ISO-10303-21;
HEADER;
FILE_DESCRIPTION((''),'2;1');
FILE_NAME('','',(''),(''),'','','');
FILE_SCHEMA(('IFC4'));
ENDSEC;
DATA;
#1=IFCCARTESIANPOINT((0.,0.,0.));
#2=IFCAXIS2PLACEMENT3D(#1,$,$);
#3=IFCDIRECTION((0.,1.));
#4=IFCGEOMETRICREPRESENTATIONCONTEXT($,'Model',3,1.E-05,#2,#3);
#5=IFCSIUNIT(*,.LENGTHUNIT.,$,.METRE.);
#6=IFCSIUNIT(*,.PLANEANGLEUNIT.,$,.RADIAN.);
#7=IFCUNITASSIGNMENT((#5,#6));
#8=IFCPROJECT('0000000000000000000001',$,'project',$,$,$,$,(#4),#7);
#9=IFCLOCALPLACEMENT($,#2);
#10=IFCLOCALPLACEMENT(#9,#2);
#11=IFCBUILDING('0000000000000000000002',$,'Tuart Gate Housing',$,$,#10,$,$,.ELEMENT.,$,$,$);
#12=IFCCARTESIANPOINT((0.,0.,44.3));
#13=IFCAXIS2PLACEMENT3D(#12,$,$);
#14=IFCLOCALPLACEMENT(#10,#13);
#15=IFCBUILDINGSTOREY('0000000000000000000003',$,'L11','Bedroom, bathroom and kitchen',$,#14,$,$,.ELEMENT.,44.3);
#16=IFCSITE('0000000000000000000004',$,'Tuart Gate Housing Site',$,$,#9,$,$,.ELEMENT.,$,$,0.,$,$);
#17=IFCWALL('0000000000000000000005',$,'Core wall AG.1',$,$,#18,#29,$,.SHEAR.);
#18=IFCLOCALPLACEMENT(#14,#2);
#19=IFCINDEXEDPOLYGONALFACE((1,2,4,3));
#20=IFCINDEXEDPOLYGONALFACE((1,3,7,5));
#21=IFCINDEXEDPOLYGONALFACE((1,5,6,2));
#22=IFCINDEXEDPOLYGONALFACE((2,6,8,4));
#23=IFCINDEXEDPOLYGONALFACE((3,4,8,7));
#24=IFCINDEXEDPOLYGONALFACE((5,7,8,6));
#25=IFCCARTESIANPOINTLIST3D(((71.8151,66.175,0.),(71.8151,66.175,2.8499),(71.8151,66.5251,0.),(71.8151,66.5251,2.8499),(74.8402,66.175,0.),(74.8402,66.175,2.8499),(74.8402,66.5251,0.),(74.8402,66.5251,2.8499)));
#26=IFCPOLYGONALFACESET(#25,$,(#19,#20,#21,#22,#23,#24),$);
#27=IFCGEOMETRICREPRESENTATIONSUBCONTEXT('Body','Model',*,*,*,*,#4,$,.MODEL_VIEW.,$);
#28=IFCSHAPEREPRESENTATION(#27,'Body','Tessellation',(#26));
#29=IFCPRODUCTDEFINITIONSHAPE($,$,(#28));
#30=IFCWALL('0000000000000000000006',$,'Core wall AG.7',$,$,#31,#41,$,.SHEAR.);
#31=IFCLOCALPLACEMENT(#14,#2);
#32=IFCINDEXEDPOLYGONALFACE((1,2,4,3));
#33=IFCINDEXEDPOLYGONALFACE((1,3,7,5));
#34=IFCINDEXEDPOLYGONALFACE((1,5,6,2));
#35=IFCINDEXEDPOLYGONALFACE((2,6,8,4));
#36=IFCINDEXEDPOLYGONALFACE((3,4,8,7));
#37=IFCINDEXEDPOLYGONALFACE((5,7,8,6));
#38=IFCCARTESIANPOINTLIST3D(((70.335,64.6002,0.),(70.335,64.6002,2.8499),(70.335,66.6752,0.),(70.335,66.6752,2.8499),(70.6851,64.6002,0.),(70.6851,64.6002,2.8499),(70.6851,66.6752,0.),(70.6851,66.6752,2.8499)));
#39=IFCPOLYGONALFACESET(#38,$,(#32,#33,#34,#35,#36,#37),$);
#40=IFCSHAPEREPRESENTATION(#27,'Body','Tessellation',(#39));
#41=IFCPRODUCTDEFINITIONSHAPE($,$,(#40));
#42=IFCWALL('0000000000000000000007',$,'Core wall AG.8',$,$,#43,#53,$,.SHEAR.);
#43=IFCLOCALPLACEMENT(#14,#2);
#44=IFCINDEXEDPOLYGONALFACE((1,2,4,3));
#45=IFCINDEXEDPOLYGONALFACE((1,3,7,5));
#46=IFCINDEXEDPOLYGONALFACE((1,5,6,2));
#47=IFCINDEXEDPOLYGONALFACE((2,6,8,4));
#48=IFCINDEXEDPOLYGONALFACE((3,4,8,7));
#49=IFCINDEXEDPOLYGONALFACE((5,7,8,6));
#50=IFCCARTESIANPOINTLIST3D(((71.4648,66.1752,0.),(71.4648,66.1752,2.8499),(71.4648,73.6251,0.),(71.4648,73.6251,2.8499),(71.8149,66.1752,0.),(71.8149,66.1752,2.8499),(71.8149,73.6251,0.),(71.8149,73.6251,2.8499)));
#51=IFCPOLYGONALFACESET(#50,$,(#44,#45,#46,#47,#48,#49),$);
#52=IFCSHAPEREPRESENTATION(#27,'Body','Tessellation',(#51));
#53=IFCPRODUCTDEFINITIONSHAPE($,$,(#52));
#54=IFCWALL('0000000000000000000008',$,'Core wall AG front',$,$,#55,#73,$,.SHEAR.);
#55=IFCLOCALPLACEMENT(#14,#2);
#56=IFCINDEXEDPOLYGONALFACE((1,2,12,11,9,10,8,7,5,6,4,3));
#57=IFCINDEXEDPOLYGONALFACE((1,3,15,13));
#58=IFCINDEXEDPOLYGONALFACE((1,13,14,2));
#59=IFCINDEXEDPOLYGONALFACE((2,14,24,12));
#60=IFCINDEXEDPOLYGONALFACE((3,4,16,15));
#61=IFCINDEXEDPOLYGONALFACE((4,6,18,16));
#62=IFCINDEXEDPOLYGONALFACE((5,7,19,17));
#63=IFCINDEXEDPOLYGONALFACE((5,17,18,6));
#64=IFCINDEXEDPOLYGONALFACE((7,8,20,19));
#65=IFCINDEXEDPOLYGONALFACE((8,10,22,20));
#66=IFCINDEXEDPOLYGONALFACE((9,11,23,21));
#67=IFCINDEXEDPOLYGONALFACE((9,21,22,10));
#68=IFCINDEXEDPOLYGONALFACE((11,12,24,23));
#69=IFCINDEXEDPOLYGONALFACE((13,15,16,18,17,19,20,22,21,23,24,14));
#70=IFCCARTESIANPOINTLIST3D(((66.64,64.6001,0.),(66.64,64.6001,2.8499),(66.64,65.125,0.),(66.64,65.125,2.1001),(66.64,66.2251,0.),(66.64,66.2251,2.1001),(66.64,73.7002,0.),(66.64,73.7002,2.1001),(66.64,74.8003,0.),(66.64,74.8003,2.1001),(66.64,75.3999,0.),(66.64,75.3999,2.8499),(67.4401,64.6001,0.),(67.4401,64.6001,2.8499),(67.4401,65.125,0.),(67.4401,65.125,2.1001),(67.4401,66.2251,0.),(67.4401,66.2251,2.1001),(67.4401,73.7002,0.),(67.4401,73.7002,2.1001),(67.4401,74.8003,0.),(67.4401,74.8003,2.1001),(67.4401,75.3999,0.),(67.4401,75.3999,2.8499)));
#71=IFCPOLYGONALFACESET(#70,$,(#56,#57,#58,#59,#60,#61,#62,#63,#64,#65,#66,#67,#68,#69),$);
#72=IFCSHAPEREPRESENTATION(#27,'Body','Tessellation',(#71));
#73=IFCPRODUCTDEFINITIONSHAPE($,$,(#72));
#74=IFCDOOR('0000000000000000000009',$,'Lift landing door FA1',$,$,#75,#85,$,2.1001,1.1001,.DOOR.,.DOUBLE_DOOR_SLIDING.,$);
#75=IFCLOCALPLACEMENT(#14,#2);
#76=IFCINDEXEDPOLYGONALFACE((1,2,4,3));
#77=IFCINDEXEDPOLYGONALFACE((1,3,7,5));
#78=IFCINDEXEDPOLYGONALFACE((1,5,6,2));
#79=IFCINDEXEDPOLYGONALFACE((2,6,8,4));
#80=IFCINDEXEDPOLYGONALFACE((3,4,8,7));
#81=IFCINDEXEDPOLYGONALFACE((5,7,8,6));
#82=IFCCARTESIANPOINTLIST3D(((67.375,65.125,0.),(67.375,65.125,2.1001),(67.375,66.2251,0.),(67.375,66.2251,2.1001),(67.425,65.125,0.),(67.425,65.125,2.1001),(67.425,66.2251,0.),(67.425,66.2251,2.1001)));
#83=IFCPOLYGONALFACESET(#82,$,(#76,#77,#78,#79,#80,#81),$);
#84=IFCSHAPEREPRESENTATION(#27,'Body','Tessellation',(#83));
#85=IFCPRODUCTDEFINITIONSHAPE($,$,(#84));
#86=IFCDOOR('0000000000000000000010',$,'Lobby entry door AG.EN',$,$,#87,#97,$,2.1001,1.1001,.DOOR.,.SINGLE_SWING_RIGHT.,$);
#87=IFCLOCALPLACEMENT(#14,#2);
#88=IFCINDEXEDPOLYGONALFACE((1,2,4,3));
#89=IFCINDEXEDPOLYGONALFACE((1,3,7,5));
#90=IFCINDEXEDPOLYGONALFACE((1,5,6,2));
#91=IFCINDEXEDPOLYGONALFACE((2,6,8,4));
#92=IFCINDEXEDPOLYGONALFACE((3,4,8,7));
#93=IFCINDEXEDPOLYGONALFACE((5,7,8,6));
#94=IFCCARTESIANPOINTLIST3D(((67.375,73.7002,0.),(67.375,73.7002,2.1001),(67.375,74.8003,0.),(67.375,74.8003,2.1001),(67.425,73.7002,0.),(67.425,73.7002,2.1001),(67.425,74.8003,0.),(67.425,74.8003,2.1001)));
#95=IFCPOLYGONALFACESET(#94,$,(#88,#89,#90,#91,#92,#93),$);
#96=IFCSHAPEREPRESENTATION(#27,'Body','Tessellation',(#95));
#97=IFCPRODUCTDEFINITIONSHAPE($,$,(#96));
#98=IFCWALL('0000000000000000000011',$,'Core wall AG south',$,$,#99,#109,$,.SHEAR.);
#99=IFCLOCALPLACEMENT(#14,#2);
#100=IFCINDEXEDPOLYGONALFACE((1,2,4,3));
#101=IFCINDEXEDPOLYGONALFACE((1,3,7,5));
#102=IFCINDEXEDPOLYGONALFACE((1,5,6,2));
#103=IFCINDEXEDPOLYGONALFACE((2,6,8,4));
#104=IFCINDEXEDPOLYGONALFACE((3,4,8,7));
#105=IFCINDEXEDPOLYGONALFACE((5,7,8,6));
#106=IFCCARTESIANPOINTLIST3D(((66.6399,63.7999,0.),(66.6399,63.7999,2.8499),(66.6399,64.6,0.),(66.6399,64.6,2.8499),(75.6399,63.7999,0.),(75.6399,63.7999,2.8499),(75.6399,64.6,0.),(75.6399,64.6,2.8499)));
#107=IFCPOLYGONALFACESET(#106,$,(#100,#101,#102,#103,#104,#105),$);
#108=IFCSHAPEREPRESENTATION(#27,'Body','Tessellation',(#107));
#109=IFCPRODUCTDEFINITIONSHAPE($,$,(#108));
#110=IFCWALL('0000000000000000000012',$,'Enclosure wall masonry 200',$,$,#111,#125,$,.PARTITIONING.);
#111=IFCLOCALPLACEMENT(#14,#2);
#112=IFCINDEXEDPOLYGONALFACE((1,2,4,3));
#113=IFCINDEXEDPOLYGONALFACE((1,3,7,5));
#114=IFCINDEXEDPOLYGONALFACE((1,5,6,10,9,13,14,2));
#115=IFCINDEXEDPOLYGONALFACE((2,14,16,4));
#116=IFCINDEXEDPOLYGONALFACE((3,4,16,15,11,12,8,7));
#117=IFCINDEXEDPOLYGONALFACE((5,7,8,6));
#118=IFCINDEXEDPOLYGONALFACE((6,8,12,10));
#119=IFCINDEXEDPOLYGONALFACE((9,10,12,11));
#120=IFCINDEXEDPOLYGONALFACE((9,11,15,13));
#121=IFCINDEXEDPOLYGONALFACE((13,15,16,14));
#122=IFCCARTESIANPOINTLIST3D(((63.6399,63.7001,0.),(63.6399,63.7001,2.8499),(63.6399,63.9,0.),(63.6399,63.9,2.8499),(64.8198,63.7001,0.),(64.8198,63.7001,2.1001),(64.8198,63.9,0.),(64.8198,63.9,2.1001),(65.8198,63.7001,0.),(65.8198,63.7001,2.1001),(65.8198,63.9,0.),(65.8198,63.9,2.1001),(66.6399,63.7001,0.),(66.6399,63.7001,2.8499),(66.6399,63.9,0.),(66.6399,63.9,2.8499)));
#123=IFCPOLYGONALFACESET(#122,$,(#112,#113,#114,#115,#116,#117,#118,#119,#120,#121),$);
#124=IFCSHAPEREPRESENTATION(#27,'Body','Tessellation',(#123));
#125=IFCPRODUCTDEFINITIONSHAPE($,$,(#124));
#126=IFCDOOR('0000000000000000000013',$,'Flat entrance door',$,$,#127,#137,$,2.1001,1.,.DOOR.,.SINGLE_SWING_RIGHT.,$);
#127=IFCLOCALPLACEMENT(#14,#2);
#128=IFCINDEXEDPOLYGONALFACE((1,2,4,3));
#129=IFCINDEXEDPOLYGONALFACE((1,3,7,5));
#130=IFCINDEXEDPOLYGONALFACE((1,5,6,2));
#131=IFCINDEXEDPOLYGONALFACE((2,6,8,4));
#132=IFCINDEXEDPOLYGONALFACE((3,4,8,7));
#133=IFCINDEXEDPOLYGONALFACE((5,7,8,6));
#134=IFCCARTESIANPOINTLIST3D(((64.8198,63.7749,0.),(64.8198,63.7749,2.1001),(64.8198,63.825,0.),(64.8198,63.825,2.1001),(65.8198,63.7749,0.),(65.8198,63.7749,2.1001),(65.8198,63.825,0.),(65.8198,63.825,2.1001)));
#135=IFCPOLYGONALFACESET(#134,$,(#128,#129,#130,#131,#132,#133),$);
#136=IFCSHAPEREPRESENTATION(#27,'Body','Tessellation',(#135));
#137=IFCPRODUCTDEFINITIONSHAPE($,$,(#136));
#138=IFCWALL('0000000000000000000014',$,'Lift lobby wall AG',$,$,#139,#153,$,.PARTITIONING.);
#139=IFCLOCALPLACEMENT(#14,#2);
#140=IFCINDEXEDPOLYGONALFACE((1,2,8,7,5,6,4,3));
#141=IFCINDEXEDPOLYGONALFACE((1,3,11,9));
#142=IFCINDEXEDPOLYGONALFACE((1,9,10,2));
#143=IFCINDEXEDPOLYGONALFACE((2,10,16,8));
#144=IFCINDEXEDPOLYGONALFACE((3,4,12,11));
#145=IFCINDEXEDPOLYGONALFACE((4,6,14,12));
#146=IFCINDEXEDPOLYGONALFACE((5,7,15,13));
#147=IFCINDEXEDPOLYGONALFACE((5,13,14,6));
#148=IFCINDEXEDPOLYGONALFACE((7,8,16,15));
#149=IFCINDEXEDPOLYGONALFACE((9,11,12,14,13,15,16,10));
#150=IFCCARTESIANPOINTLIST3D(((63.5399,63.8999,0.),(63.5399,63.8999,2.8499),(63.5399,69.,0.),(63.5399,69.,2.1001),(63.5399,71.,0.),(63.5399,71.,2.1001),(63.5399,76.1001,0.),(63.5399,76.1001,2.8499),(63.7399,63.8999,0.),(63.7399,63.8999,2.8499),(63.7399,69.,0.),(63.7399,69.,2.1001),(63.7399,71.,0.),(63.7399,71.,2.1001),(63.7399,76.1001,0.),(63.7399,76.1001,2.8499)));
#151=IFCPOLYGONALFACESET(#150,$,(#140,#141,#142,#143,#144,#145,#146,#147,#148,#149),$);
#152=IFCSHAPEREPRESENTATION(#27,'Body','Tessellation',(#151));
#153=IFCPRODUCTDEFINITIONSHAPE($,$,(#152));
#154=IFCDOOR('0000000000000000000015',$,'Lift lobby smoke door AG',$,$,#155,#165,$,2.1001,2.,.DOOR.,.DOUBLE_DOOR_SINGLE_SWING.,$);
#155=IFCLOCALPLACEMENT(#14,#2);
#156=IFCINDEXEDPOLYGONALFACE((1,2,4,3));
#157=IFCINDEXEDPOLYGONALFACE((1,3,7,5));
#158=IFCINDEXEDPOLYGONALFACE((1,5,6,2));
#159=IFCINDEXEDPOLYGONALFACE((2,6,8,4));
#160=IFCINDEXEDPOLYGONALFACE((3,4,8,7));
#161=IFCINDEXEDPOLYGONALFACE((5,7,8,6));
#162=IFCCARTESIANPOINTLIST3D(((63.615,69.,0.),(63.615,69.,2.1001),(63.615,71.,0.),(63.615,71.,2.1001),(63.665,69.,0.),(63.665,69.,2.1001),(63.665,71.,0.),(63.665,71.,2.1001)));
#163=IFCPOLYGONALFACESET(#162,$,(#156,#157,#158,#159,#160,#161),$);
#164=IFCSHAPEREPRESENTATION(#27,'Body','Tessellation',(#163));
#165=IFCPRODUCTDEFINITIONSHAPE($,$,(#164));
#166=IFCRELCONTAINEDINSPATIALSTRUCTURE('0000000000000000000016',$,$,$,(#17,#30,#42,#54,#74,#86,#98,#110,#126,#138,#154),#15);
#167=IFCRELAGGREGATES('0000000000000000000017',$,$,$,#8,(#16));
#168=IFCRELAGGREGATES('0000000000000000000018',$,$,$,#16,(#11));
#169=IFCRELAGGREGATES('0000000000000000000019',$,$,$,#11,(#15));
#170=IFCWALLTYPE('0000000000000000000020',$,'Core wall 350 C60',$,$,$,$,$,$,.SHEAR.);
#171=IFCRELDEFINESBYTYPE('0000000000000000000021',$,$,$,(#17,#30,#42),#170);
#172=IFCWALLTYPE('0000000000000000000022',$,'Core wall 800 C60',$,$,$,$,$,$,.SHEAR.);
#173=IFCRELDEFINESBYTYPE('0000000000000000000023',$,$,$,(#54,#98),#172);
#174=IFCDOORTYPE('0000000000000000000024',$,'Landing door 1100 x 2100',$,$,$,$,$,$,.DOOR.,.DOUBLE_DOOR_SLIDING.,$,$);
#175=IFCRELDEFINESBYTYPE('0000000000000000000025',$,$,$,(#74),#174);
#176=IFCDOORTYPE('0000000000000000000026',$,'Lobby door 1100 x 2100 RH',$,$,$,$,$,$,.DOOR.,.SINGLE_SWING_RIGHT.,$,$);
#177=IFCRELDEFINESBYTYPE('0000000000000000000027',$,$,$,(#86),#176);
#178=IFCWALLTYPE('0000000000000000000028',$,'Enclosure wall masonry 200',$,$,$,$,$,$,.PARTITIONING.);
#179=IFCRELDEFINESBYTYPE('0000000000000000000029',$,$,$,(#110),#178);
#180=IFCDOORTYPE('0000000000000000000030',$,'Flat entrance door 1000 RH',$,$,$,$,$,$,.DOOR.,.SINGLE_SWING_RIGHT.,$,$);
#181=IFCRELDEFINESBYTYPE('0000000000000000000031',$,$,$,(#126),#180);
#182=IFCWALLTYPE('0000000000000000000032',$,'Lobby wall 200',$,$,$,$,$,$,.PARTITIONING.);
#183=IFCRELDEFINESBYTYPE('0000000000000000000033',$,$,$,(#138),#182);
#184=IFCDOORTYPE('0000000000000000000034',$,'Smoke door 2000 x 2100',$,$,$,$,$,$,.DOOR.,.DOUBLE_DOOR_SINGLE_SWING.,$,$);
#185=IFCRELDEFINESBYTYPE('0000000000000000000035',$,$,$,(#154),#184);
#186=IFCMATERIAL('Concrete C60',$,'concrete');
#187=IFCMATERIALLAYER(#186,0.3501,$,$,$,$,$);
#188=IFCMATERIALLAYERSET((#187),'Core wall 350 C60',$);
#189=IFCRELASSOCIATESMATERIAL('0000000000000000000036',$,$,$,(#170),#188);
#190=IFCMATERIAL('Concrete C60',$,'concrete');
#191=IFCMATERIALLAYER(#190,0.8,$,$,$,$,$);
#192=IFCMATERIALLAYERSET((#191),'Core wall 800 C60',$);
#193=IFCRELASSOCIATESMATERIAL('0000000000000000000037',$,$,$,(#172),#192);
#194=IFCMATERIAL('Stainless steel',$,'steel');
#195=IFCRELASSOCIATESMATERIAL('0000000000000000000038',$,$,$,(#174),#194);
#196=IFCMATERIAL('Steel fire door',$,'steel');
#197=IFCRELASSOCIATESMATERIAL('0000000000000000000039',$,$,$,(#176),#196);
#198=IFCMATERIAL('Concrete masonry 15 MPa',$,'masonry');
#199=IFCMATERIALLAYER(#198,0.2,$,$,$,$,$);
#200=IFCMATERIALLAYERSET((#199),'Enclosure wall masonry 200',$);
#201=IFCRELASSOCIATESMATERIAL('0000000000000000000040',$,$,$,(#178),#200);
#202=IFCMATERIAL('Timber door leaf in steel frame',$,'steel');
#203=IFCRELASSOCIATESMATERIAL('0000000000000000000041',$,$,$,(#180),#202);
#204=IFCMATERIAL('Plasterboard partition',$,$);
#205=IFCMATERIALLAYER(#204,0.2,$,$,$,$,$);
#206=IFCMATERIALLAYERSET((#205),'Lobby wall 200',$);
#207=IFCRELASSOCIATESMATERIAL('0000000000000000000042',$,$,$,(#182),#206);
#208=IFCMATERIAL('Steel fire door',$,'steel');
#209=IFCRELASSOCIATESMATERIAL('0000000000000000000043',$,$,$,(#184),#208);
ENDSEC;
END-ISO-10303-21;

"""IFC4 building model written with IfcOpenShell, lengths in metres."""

from ifc_helpers import new_model, si_unit, direction, frame, frame_2d, origin, place, context, subcontext, project, spatial, rectangle, extrude, material, layer, layer_set, type_object, element, fill, save


model = new_model("IFC4")

# Units and contexts
model_context = context("Model", 3, precision=1e-05, world=origin(), true_north=direction((0.0, 1.0)))
body_context = subcontext(model_context, "Body", "Model", "MODEL_VIEW")
ifc_project = project(units=[si_unit("LENGTHUNIT", "METRE"), si_unit("PLANEANGLEUNIT", "RADIAN")], contexts=[model_context])

# Site, building, storey
site_placement = place(None, origin())
site = spatial("IfcSite", under=ifc_project, at=site_placement, Name="Tuart Gate Housing Site", CompositionType="ELEMENT", RefElevation=0.0)
building_placement = place(site_placement, origin())
building = spatial("IfcBuilding", under=site, at=building_placement, Name="Tuart Gate Housing", CompositionType="ELEMENT")
storey_placement = place(building_placement, frame((0.0, 0.0, 44.3)))
storey = spatial("IfcBuildingStorey", under=building, at=storey_placement, Name="L11", Description="Bedroom, bathroom and kitchen", CompositionType="ELEMENT", Elevation=44.3)

# Walls
ifc_material_1 = material(Name="Concrete C60", Category="concrete")
ifc_layer_1 = layer(ifc_material_1, 0.3501)
ifc_layer_set_1 = layer_set([ifc_layer_1], Name="Core wall 350 C60")
wall_type_1 = type_object("IfcWallType", Name="Core wall 350 C60", PredefinedType="SHEAR", material=ifc_layer_set_1)
wall_1_placement = place(storey_placement, frame((71.8149, 66.3501, 0.0), z_axis=(0.0, 0.0, 1.0), x_axis=(1.0, 0.0, 0.0)))
element("IfcWall", 1, at=wall_1_placement, inside=storey, type_object=wall_type_1, Name="Core wall AG.1", PredefinedType="SHEAR", context=body_context, shape_type="SweptSolid", body=[
    extrude(rectangle(XDim=3.0251, YDim=0.3501, at=frame_2d((1.5127, 0.0))), origin(), (0.0, 0.0, 1.0), 2.8499),
])
wall_2_placement = place(storey_placement, frame((70.51, 64.6001, 0.0), z_axis=(0.0, 0.0, 1.0), x_axis=(0.0, 1.0, 0.0)))
element("IfcWall", 2, at=wall_2_placement, inside=storey, type_object=wall_type_1, Name="Core wall AG.7", PredefinedType="SHEAR", context=body_context, shape_type="SweptSolid", body=[
    extrude(rectangle(XDim=2.075, YDim=0.3501, at=frame_2d((1.0376, 0.0))), origin(), (0.0, 0.0, 1.0), 2.8499),
])
wall_3_placement = place(storey_placement, frame((71.6399, 66.175, 0.0), z_axis=(0.0, 0.0, 1.0), x_axis=(0.0, 1.0, 0.0)))
element("IfcWall", 3, at=wall_3_placement, inside=storey, type_object=wall_type_1, Name="Core wall AG.8", PredefinedType="SHEAR", context=body_context, shape_type="SweptSolid", body=[
    extrude(rectangle(XDim=7.45, YDim=0.3501, at=frame_2d((3.7251, 0.0))), origin(), (0.0, 0.0, 1.0), 2.8499),
])

# Wall, openings, doors
ifc_material_2 = material(Name="Concrete C60", Category="concrete")
ifc_layer_2 = layer(ifc_material_2, 0.8)
ifc_layer_set_2 = layer_set([ifc_layer_2], Name="Core wall 800 C60")
wall_type_2 = type_object("IfcWallType", Name="Core wall 800 C60", PredefinedType="SHEAR", material=ifc_layer_set_2)
wall_4_placement = place(storey_placement, frame((67.04, 64.6001, 0.0), z_axis=(0.0, 0.0, 1.0), x_axis=(0.0, 1.0, 0.0)))
wall_4 = element("IfcWall", 4, at=wall_4_placement, inside=storey, type_object=wall_type_2, Name="Core wall AG front", PredefinedType="SHEAR", context=body_context, shape_type="SweptSolid", body=[
    extrude(rectangle(XDim=10.7998, YDim=0.8, at=frame_2d((5.3999, 0.0))), origin(), (0.0, 0.0, 1.0), 2.8499),
])
opening_1_placement = place(wall_4_placement, frame((0.5249, 0.0, 0.0)))
opening_1 = element("IfcOpeningElement", 5, at=opening_1_placement, cuts=wall_4, PredefinedType="OPENING", context=body_context, shape_type="SweptSolid", body=[
    extrude(rectangle(XDim=1.1001, YDim=2.1001, at=frame_2d((0.55, 1.05))), frame((0.0, 0.4099, 0.0), z_axis=(0.0, -1.0, 0.0), x_axis=(1.0, 0.0, 0.0)), (0.0, 0.0, 1.0), 0.8201),
])
opening_2_placement = place(wall_4_placement, frame((9.1001, 0.0, 0.0)))
opening_2 = element("IfcOpeningElement", 6, at=opening_2_placement, cuts=wall_4, PredefinedType="OPENING", context=body_context, shape_type="SweptSolid", body=[
    extrude(rectangle(XDim=1.1001, YDim=2.1001, at=frame_2d((0.55, 1.05))), frame((0.0, 0.4099, 0.0), z_axis=(0.0, -1.0, 0.0), x_axis=(1.0, 0.0, 0.0)), (0.0, 0.0, 1.0), 0.8201),
])
ifc_material_3 = material(Name="Stainless steel", Category="steel")
door_type_1 = type_object("IfcDoorType", Name="Landing door 1100 x 2100", OperationType="DOUBLE_DOOR_SLIDING", PredefinedType="DOOR", material=ifc_material_3)
door_1_placement = place(opening_1_placement, origin())
door_1 = element("IfcDoor", 7, at=door_1_placement, inside=storey, type_object=door_type_1, Name="Lift landing door FA1", OperationType="DOUBLE_DOOR_SLIDING", OverallHeight=2.1001, OverallWidth=1.1001, PredefinedType="DOOR", context=body_context, shape_type="SweptSolid", body=[
    extrude(rectangle(XDim=1.1001, YDim=2.1001, at=frame_2d((0.55, 1.05))), frame((0.0, -0.335, 0.0), z_axis=(0.0, -1.0, 0.0), x_axis=(1.0, 0.0, 0.0)), (0.0, 0.0, 1.0), 0.05),
])
fill(opening_1, door_1)
ifc_material_4 = material(Name="Steel fire door", Category="steel")
door_type_2 = type_object("IfcDoorType", Name="Lobby door 1100 x 2100 RH", OperationType="SINGLE_SWING_RIGHT", PredefinedType="DOOR", material=ifc_material_4)
door_2_placement = place(opening_2_placement, frame((1.1001, 0.0, 0.0), z_axis=(0.0, 0.0, 1.0), x_axis=(-1.0, 0.0, 0.0)))
door_2 = element("IfcDoor", 8, at=door_2_placement, inside=storey, type_object=door_type_2, Name="Lobby entry door AG.EN", OperationType="SINGLE_SWING_RIGHT", OverallHeight=2.1001, OverallWidth=1.1001, PredefinedType="DOOR", context=body_context, shape_type="SweptSolid", body=[
    extrude(rectangle(XDim=1.1001, YDim=2.1001, at=frame_2d((0.55, 1.05))), frame((0.0, 0.385, 0.0), z_axis=(0.0, -1.0, 0.0), x_axis=(1.0, 0.0, 0.0)), (0.0, 0.0, 1.0), 0.05),
])
fill(opening_2, door_2)

# Wall
wall_5_placement = place(storey_placement, frame((66.6399, 64.2, 0.0), z_axis=(0.0, 0.0, 1.0), x_axis=(1.0, 0.0, 0.0)))
element("IfcWall", 9, at=wall_5_placement, inside=storey, type_object=wall_type_2, Name="Core wall AG south", PredefinedType="SHEAR", context=body_context, shape_type="SweptSolid", body=[
    extrude(rectangle(XDim=9.0, YDim=0.8, at=frame_2d((4.5, 0.0))), origin(), (0.0, 0.0, 1.0), 2.8499),
])

# Walls, openings, doors
ifc_material_5 = material(Name="Concrete masonry 15 MPa", Category="masonry")
ifc_layer_3 = layer(ifc_material_5, 0.2)
ifc_layer_set_3 = layer_set([ifc_layer_3], Name="Enclosure wall masonry 200")
wall_type_3 = type_object("IfcWallType", Name="Enclosure wall masonry 200", PredefinedType="PARTITIONING", material=ifc_layer_set_3)
wall_6_placement = place(storey_placement, frame((63.6399, 63.8, 0.0), z_axis=(0.0, 0.0, 1.0), x_axis=(1.0, 0.0, 0.0)))
wall_6 = element("IfcWall", 10, at=wall_6_placement, inside=storey, type_object=wall_type_3, Name="Enclosure wall masonry 200", PredefinedType="PARTITIONING", context=body_context, shape_type="SweptSolid", body=[
    extrude(rectangle(XDim=3.0, YDim=0.2, at=frame_2d((1.5, 0.0))), origin(), (0.0, 0.0, 1.0), 2.8499),
])
opening_3_placement = place(wall_6_placement, frame((1.1799, 0.0, 0.0)))
opening_3 = element("IfcOpeningElement", 11, at=opening_3_placement, cuts=wall_6, PredefinedType="OPENING", context=body_context, shape_type="SweptSolid", body=[
    extrude(rectangle(XDim=1.0, YDim=2.1001, at=frame_2d((0.5, 1.05))), frame((0.0, 0.1099, 0.0), z_axis=(0.0, -1.0, 0.0), x_axis=(1.0, 0.0, 0.0)), (0.0, 0.0, 1.0), 0.22),
])
ifc_material_6 = material(Name="Timber door leaf in steel frame", Category="steel")
door_type_3 = type_object("IfcDoorType", Name="Flat entrance door 1000 RH", OperationType="SINGLE_SWING_RIGHT", PredefinedType="DOOR", material=ifc_material_6)
door_3_placement = place(opening_3_placement, frame((1.0, 0.0, 0.0), z_axis=(0.0, 0.0, 1.0), x_axis=(-1.0, 0.0, 0.0)))
door_3 = element("IfcDoor", 12, at=door_3_placement, inside=storey, type_object=door_type_3, Name="Flat entrance door", OperationType="SINGLE_SWING_RIGHT", OverallHeight=2.1001, OverallWidth=1.0, PredefinedType="DOOR", context=body_context, shape_type="SweptSolid", body=[
    extrude(rectangle(XDim=1.0, YDim=2.1001, at=frame_2d((0.5, 1.05))), frame((0.0, 0.0251, 0.0), z_axis=(0.0, -1.0, 0.0), x_axis=(1.0, 0.0, 0.0)), (0.0, 0.0, 1.0), 0.05),
])
fill(opening_3, door_3)
ifc_material_7 = material(Name="Plasterboard partition")
ifc_layer_4 = layer(ifc_material_7, 0.2)
ifc_layer_set_4 = layer_set([ifc_layer_4], Name="Lobby wall 200")
wall_type_4 = type_object("IfcWallType", Name="Lobby wall 200", PredefinedType="PARTITIONING", material=ifc_layer_set_4)
wall_7_placement = place(storey_placement, frame((63.6399, 63.8999, 0.0), z_axis=(0.0, 0.0, 1.0), x_axis=(0.0, 1.0, 0.0)))
wall_7 = element("IfcWall", 13, at=wall_7_placement, inside=storey, type_object=wall_type_4, Name="Lift lobby wall AG", PredefinedType="PARTITIONING", context=body_context, shape_type="SweptSolid", body=[
    extrude(rectangle(XDim=12.2002, YDim=0.2, at=frame_2d((6.1001, 0.0))), origin(), (0.0, 0.0, 1.0), 2.8499),
])
opening_4_placement = place(wall_7_placement, frame((5.1001, 0.0, 0.0)))
opening_4 = element("IfcOpeningElement", 14, at=opening_4_placement, cuts=wall_7, PredefinedType="OPENING", context=body_context, shape_type="SweptSolid", body=[
    extrude(rectangle(XDim=2.0, YDim=2.1001, at=frame_2d((1.0, 1.05))), frame((0.0, 0.1099, 0.0), z_axis=(0.0, -1.0, 0.0), x_axis=(1.0, 0.0, 0.0)), (0.0, 0.0, 1.0), 0.22),
])
ifc_material_8 = material(Name="Steel fire door", Category="steel")
door_type_4 = type_object("IfcDoorType", Name="Smoke door 2000 x 2100", OperationType="DOUBLE_DOOR_SINGLE_SWING", PredefinedType="DOOR", material=ifc_material_8)
door_4_placement = place(opening_4_placement, frame((2.0, 0.0, 0.0), z_axis=(0.0, 0.0, 1.0), x_axis=(-1.0, 0.0, 0.0)))
door_4 = element("IfcDoor", 15, at=door_4_placement, inside=storey, type_object=door_type_4, Name="Lift lobby smoke door AG", OperationType="DOUBLE_DOOR_SINGLE_SWING", OverallHeight=2.1001, OverallWidth=2.0, PredefinedType="DOOR", context=body_context, shape_type="SweptSolid", body=[
    extrude(rectangle(XDim=2.0, YDim=2.1001, at=frame_2d((1.0, 1.05))), frame((0.0, 0.0251, 0.0), z_axis=(0.0, -1.0, 0.0), x_axis=(1.0, 0.0, 0.0)), (0.0, 0.0, 1.0), 0.05),
])
fill(opening_4, door_4)

save(model, "model.ifc")
